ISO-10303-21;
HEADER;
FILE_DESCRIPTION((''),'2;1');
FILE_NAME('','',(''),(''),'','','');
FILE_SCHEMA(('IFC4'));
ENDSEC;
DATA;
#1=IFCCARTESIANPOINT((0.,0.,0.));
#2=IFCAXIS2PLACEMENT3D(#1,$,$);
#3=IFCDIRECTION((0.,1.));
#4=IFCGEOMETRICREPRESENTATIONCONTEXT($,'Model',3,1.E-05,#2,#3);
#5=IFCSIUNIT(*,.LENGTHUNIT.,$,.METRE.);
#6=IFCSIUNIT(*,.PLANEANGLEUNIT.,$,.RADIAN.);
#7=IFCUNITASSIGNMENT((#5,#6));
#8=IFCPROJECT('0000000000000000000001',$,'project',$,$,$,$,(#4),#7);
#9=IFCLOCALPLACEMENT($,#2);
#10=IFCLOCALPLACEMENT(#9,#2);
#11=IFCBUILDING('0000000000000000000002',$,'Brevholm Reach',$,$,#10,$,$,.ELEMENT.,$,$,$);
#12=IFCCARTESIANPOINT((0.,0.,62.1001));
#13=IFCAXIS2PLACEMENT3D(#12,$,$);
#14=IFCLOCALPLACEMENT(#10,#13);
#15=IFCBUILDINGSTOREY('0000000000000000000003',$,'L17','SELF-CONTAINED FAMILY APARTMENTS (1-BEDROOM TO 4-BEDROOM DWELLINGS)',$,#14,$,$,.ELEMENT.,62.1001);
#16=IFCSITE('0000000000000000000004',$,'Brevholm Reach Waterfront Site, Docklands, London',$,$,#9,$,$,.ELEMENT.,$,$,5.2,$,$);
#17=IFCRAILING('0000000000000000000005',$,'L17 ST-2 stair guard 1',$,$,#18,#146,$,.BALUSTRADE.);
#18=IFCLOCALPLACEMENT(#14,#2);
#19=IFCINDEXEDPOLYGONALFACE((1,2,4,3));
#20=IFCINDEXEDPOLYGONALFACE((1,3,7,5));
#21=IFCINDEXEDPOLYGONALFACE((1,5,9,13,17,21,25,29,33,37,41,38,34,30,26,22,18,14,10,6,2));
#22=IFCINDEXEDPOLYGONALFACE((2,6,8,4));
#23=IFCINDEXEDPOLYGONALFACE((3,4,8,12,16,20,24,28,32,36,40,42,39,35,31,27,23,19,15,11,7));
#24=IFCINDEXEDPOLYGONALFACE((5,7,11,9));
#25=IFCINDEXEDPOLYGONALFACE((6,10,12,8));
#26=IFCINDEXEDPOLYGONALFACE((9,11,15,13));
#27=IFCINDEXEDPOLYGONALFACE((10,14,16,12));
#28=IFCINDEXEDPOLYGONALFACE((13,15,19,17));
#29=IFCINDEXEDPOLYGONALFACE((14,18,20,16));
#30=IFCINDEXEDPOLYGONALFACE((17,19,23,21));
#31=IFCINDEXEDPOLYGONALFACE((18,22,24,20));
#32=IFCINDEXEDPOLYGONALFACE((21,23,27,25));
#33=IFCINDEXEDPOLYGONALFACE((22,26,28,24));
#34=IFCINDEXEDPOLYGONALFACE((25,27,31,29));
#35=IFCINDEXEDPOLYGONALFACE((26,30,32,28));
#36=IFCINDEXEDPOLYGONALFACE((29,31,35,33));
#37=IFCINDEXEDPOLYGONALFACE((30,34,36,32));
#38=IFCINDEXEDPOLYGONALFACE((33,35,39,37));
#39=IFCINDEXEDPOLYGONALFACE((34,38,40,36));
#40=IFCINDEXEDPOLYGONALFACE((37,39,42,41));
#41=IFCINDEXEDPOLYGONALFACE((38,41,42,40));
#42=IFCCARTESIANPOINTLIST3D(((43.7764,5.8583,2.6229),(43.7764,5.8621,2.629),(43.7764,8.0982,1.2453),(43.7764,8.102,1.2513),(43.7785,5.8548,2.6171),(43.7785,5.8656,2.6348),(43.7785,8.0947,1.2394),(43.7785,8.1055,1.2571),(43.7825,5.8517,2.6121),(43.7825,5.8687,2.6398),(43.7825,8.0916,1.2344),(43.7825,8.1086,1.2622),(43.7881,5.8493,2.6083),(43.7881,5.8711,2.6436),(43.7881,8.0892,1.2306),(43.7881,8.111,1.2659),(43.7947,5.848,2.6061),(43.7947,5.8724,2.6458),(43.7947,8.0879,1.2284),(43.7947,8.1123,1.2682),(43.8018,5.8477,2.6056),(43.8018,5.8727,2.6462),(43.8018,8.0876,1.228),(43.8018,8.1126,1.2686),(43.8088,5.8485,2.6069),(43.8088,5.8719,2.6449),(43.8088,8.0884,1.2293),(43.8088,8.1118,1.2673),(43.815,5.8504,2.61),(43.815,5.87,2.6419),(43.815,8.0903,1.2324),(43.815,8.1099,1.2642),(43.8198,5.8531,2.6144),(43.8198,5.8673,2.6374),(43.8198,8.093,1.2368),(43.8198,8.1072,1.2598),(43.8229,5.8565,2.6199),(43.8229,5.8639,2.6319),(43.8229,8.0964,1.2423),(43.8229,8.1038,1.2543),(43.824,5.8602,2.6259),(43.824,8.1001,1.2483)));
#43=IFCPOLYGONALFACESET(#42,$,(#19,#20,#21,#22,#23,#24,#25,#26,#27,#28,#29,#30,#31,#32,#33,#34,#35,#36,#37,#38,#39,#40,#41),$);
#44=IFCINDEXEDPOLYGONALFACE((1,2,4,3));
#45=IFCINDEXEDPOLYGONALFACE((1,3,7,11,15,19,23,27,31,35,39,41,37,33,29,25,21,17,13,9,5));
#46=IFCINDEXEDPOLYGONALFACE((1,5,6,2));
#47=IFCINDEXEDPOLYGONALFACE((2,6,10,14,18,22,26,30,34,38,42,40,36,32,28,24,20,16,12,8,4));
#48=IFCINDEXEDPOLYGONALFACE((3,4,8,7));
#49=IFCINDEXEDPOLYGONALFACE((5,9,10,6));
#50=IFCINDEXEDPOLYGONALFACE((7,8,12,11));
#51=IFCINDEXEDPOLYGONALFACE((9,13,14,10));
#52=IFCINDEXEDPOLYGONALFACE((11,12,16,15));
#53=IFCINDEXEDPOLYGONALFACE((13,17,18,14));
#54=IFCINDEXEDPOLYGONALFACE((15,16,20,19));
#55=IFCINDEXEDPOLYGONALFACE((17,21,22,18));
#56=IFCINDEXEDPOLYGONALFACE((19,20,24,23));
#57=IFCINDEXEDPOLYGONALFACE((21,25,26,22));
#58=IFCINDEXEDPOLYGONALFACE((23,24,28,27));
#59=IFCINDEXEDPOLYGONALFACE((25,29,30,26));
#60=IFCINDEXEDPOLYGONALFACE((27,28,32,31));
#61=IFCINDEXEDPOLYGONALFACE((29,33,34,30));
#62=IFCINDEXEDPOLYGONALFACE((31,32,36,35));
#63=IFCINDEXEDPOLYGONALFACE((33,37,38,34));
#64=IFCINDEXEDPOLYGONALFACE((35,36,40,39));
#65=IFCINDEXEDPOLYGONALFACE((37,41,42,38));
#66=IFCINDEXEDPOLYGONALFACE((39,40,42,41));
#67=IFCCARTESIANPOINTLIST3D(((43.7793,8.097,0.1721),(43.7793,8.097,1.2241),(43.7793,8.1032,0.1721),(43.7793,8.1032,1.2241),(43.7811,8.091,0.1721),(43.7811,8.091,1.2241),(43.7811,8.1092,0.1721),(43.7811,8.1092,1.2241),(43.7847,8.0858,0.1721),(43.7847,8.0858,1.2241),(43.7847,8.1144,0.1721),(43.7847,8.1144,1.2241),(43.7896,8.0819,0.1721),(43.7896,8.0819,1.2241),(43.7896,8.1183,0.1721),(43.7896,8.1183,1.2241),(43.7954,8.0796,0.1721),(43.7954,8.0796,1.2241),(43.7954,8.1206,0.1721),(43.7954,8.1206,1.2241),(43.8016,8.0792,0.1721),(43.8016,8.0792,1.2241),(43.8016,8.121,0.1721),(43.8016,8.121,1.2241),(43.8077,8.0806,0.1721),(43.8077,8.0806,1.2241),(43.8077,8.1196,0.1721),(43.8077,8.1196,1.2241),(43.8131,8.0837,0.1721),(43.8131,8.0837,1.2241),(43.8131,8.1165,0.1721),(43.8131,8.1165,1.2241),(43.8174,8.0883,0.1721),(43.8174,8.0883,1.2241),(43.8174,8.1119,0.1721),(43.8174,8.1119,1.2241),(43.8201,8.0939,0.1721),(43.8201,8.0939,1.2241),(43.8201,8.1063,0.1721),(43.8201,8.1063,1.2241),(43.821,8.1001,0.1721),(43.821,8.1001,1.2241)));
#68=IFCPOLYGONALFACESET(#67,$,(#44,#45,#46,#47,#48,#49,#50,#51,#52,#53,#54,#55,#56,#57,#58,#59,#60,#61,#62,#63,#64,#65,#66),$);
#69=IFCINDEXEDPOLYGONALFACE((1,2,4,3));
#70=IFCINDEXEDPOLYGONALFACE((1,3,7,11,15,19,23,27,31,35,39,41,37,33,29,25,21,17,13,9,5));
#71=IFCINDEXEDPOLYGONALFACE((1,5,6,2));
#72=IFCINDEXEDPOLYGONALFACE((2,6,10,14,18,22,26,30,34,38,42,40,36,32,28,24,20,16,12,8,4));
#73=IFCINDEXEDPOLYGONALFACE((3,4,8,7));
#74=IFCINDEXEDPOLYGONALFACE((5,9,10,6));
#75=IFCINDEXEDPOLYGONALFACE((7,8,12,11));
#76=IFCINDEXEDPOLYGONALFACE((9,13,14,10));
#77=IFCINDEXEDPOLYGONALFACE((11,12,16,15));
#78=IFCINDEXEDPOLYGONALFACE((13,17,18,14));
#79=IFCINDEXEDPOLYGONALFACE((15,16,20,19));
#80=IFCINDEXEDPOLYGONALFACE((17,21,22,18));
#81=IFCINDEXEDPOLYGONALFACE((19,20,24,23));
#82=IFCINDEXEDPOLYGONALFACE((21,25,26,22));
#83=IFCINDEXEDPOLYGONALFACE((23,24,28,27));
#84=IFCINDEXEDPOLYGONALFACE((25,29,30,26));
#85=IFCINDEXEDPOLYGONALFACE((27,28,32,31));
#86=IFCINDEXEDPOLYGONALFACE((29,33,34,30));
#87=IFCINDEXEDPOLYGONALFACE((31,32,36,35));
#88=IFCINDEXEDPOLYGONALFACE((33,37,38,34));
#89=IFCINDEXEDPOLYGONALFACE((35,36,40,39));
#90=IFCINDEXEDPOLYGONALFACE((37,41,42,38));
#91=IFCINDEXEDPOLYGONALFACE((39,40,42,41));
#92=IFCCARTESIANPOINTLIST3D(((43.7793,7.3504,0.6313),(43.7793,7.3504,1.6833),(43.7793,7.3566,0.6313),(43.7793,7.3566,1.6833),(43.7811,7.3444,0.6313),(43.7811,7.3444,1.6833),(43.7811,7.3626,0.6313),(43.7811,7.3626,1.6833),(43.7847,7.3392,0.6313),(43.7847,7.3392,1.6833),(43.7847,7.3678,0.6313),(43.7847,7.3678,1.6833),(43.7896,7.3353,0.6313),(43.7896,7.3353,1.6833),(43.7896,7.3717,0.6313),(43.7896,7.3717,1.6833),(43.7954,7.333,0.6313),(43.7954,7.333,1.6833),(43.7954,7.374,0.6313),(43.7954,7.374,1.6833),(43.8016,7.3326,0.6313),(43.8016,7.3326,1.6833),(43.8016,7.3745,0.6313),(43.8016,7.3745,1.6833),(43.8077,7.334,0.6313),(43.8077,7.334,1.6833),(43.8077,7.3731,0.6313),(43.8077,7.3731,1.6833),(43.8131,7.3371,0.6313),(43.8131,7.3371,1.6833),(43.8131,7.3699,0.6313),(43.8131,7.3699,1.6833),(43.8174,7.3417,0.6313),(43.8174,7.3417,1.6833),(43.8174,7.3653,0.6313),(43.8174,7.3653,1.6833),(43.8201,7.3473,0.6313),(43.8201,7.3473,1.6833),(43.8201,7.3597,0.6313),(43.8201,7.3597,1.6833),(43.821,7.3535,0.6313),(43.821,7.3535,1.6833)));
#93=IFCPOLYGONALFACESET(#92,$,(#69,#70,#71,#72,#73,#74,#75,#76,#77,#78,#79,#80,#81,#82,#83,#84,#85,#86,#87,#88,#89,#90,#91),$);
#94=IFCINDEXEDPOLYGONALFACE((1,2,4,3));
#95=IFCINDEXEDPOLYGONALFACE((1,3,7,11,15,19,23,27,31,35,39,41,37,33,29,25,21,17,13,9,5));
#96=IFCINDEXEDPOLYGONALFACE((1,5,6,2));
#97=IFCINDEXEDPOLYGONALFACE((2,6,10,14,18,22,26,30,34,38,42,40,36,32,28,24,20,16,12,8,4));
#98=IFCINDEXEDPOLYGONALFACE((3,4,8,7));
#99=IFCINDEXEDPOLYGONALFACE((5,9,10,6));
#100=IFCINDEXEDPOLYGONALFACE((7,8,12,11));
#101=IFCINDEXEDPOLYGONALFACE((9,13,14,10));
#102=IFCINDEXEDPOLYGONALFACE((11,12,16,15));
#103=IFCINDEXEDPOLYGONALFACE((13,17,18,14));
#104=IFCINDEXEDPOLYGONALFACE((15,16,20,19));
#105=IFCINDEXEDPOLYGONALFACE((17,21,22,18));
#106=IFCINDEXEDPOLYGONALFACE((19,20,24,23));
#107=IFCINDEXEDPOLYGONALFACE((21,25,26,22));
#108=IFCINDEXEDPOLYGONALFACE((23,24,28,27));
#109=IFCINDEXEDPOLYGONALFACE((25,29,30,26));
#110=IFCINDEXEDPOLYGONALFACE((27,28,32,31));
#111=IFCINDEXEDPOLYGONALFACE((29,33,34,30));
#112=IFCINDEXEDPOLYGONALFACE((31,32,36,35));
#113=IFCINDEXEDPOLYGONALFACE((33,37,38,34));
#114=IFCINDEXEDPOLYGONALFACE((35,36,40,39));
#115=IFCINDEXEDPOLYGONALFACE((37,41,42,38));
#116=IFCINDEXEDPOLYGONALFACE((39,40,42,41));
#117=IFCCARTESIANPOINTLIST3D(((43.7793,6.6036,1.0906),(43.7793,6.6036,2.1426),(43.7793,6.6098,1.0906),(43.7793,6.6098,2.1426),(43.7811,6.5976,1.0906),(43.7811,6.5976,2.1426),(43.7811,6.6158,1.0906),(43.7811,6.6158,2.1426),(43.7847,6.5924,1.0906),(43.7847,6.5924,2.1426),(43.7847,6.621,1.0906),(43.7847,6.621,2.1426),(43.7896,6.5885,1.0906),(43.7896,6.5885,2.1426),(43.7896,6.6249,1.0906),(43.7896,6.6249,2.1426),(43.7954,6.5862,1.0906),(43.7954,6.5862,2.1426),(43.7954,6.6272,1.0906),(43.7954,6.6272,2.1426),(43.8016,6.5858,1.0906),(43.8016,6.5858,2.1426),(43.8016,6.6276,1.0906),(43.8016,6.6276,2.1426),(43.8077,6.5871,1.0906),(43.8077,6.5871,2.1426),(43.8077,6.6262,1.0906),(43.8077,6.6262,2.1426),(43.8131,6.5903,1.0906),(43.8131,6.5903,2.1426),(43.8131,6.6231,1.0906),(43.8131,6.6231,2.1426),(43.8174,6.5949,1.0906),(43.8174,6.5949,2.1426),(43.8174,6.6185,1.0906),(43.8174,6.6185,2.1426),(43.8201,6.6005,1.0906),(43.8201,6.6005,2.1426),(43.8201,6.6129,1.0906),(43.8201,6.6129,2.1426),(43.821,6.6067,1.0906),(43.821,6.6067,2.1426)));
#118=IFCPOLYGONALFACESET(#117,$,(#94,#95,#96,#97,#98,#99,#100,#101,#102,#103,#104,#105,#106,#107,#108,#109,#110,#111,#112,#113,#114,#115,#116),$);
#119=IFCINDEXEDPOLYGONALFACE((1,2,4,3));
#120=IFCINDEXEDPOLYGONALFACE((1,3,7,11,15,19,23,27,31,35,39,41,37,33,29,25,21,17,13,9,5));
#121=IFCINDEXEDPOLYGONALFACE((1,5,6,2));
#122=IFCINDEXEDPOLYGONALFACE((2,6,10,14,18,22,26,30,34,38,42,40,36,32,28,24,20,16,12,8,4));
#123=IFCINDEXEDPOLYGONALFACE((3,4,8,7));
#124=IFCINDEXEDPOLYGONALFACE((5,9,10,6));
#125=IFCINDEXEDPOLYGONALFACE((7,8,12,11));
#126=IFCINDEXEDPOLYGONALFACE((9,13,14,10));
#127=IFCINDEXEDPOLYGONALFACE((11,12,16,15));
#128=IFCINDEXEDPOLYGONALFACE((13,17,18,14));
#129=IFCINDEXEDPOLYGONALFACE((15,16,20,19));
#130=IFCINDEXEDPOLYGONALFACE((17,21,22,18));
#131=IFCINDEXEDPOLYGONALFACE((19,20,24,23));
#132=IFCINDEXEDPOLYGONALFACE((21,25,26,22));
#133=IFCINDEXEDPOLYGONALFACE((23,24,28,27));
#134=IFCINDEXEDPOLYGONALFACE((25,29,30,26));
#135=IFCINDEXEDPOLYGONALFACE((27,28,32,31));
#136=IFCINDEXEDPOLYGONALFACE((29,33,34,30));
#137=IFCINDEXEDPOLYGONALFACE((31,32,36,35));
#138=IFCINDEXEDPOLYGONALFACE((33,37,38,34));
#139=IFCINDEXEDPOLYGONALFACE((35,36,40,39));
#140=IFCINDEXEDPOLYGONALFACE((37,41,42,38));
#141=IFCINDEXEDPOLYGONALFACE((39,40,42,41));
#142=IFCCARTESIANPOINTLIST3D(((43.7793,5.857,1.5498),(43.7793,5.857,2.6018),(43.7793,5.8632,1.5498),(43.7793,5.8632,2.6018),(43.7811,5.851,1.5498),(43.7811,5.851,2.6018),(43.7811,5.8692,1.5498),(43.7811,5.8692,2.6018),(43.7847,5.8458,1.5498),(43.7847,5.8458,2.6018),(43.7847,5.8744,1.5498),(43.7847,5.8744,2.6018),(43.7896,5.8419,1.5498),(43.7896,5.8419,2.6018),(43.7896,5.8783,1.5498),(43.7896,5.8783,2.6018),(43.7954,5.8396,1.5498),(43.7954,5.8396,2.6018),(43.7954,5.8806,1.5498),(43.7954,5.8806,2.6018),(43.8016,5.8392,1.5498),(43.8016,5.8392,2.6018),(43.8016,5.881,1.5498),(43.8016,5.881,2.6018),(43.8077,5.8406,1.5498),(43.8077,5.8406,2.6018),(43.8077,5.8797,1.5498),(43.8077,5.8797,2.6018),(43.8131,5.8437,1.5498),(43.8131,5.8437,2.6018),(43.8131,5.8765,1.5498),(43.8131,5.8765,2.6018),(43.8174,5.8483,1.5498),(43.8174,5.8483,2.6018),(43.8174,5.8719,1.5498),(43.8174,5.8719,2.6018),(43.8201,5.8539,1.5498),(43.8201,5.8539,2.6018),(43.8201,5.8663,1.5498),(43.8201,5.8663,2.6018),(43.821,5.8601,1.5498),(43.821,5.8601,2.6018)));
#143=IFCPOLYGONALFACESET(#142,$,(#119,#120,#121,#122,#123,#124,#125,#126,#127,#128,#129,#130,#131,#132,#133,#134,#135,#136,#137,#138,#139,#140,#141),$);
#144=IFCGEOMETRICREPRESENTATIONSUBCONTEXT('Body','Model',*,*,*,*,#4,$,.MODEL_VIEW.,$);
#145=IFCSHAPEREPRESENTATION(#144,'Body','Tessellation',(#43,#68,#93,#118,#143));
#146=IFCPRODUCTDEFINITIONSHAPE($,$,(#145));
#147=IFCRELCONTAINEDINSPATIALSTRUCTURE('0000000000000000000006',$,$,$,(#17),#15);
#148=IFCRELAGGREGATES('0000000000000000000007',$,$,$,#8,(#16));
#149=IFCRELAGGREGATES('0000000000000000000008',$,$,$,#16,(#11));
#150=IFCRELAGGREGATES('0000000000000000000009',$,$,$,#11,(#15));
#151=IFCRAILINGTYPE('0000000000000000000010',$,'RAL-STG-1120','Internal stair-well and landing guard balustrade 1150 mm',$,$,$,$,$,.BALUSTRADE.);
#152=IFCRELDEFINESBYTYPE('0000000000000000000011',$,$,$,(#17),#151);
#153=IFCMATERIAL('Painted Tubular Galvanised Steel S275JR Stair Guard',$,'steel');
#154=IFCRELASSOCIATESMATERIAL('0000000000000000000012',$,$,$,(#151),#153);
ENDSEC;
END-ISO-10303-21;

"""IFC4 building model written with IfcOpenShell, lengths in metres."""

from ifc_helpers import new_model, si_unit, direction, frame, origin, origin_2d, place, context, subcontext, project, spatial, circle, extrude, material, type_object, element, save


model = new_model("IFC4")

# Units and contexts
model_context = context("Model", 3, precision=1e-05, world=origin(), true_north=direction((0.0, 1.0)))
body_context = subcontext(model_context, "Body", "Model", "MODEL_VIEW")
ifc_project = project(units=[si_unit("LENGTHUNIT", "METRE"), si_unit("PLANEANGLEUNIT", "RADIAN")], contexts=[model_context])

# Site, building, storey
site_placement = place(None, origin())
site = spatial("IfcSite", under=ifc_project, at=site_placement, Name="Brevholm Reach Waterfront Site, Docklands, London", CompositionType="ELEMENT", RefElevation=5.2)
building_placement = place(site_placement, origin())
building = spatial("IfcBuilding", under=site, at=building_placement, Name="Brevholm Reach", CompositionType="ELEMENT")
storey_placement = place(building_placement, frame((0.0, 0.0, 62.1001)))
storey = spatial("IfcBuildingStorey", under=building, at=storey_placement, Name="L17", Description="SELF-CONTAINED FAMILY APARTMENTS (1-BEDROOM TO 4-BEDROOM DWELLINGS)", CompositionType="ELEMENT", Elevation=62.1001)

# Railing
ifc_material_1 = material(Name="Painted Tubular Galvanised Steel S275JR Stair Guard", Category="steel")
railing_type_1 = type_object("IfcRailingType", Name="RAL-STG-1120", Description="Internal stair-well and landing guard balustrade 1150 mm", PredefinedType="BALUSTRADE", material=ifc_material_1)
railing_1_placement = place(storey_placement, frame((43.8, 8.1001, 0.1721)))
element("IfcRailing", 1, at=railing_1_placement, inside=storey, type_object=railing_type_1, Name="L17 ST-2 stair guard 1", PredefinedType="BALUSTRADE", context=body_context, shape_type="SweptSolid", body=[
    extrude(circle(Radius=0.0239, at=origin_2d()), frame((0.0, 0.0, 1.0762), z_axis=(0.0, -0.851789, 0.523885), x_axis=(1.0, 0.0, 0.0)), (0.0, 0.0, 1.0), 2.6296),
    extrude(circle(Radius=0.021, at=origin_2d()), origin(), (0.0, 0.0, 1.0), 1.052),
    extrude(circle(Radius=0.021, at=origin_2d()), frame((0.0, -0.7466, 0.4592)), (0.0, 0.0, 1.0), 1.052),
    extrude(circle(Radius=0.021, at=origin_2d()), frame((0.0, -1.4934, 0.9185)), (0.0, 0.0, 1.0), 1.052),
    extrude(circle(Radius=0.021, at=origin_2d()), frame((0.0, -2.24, 1.3777)), (0.0, 0.0, 1.0), 1.052),
])

save(model, "model.ifc")
